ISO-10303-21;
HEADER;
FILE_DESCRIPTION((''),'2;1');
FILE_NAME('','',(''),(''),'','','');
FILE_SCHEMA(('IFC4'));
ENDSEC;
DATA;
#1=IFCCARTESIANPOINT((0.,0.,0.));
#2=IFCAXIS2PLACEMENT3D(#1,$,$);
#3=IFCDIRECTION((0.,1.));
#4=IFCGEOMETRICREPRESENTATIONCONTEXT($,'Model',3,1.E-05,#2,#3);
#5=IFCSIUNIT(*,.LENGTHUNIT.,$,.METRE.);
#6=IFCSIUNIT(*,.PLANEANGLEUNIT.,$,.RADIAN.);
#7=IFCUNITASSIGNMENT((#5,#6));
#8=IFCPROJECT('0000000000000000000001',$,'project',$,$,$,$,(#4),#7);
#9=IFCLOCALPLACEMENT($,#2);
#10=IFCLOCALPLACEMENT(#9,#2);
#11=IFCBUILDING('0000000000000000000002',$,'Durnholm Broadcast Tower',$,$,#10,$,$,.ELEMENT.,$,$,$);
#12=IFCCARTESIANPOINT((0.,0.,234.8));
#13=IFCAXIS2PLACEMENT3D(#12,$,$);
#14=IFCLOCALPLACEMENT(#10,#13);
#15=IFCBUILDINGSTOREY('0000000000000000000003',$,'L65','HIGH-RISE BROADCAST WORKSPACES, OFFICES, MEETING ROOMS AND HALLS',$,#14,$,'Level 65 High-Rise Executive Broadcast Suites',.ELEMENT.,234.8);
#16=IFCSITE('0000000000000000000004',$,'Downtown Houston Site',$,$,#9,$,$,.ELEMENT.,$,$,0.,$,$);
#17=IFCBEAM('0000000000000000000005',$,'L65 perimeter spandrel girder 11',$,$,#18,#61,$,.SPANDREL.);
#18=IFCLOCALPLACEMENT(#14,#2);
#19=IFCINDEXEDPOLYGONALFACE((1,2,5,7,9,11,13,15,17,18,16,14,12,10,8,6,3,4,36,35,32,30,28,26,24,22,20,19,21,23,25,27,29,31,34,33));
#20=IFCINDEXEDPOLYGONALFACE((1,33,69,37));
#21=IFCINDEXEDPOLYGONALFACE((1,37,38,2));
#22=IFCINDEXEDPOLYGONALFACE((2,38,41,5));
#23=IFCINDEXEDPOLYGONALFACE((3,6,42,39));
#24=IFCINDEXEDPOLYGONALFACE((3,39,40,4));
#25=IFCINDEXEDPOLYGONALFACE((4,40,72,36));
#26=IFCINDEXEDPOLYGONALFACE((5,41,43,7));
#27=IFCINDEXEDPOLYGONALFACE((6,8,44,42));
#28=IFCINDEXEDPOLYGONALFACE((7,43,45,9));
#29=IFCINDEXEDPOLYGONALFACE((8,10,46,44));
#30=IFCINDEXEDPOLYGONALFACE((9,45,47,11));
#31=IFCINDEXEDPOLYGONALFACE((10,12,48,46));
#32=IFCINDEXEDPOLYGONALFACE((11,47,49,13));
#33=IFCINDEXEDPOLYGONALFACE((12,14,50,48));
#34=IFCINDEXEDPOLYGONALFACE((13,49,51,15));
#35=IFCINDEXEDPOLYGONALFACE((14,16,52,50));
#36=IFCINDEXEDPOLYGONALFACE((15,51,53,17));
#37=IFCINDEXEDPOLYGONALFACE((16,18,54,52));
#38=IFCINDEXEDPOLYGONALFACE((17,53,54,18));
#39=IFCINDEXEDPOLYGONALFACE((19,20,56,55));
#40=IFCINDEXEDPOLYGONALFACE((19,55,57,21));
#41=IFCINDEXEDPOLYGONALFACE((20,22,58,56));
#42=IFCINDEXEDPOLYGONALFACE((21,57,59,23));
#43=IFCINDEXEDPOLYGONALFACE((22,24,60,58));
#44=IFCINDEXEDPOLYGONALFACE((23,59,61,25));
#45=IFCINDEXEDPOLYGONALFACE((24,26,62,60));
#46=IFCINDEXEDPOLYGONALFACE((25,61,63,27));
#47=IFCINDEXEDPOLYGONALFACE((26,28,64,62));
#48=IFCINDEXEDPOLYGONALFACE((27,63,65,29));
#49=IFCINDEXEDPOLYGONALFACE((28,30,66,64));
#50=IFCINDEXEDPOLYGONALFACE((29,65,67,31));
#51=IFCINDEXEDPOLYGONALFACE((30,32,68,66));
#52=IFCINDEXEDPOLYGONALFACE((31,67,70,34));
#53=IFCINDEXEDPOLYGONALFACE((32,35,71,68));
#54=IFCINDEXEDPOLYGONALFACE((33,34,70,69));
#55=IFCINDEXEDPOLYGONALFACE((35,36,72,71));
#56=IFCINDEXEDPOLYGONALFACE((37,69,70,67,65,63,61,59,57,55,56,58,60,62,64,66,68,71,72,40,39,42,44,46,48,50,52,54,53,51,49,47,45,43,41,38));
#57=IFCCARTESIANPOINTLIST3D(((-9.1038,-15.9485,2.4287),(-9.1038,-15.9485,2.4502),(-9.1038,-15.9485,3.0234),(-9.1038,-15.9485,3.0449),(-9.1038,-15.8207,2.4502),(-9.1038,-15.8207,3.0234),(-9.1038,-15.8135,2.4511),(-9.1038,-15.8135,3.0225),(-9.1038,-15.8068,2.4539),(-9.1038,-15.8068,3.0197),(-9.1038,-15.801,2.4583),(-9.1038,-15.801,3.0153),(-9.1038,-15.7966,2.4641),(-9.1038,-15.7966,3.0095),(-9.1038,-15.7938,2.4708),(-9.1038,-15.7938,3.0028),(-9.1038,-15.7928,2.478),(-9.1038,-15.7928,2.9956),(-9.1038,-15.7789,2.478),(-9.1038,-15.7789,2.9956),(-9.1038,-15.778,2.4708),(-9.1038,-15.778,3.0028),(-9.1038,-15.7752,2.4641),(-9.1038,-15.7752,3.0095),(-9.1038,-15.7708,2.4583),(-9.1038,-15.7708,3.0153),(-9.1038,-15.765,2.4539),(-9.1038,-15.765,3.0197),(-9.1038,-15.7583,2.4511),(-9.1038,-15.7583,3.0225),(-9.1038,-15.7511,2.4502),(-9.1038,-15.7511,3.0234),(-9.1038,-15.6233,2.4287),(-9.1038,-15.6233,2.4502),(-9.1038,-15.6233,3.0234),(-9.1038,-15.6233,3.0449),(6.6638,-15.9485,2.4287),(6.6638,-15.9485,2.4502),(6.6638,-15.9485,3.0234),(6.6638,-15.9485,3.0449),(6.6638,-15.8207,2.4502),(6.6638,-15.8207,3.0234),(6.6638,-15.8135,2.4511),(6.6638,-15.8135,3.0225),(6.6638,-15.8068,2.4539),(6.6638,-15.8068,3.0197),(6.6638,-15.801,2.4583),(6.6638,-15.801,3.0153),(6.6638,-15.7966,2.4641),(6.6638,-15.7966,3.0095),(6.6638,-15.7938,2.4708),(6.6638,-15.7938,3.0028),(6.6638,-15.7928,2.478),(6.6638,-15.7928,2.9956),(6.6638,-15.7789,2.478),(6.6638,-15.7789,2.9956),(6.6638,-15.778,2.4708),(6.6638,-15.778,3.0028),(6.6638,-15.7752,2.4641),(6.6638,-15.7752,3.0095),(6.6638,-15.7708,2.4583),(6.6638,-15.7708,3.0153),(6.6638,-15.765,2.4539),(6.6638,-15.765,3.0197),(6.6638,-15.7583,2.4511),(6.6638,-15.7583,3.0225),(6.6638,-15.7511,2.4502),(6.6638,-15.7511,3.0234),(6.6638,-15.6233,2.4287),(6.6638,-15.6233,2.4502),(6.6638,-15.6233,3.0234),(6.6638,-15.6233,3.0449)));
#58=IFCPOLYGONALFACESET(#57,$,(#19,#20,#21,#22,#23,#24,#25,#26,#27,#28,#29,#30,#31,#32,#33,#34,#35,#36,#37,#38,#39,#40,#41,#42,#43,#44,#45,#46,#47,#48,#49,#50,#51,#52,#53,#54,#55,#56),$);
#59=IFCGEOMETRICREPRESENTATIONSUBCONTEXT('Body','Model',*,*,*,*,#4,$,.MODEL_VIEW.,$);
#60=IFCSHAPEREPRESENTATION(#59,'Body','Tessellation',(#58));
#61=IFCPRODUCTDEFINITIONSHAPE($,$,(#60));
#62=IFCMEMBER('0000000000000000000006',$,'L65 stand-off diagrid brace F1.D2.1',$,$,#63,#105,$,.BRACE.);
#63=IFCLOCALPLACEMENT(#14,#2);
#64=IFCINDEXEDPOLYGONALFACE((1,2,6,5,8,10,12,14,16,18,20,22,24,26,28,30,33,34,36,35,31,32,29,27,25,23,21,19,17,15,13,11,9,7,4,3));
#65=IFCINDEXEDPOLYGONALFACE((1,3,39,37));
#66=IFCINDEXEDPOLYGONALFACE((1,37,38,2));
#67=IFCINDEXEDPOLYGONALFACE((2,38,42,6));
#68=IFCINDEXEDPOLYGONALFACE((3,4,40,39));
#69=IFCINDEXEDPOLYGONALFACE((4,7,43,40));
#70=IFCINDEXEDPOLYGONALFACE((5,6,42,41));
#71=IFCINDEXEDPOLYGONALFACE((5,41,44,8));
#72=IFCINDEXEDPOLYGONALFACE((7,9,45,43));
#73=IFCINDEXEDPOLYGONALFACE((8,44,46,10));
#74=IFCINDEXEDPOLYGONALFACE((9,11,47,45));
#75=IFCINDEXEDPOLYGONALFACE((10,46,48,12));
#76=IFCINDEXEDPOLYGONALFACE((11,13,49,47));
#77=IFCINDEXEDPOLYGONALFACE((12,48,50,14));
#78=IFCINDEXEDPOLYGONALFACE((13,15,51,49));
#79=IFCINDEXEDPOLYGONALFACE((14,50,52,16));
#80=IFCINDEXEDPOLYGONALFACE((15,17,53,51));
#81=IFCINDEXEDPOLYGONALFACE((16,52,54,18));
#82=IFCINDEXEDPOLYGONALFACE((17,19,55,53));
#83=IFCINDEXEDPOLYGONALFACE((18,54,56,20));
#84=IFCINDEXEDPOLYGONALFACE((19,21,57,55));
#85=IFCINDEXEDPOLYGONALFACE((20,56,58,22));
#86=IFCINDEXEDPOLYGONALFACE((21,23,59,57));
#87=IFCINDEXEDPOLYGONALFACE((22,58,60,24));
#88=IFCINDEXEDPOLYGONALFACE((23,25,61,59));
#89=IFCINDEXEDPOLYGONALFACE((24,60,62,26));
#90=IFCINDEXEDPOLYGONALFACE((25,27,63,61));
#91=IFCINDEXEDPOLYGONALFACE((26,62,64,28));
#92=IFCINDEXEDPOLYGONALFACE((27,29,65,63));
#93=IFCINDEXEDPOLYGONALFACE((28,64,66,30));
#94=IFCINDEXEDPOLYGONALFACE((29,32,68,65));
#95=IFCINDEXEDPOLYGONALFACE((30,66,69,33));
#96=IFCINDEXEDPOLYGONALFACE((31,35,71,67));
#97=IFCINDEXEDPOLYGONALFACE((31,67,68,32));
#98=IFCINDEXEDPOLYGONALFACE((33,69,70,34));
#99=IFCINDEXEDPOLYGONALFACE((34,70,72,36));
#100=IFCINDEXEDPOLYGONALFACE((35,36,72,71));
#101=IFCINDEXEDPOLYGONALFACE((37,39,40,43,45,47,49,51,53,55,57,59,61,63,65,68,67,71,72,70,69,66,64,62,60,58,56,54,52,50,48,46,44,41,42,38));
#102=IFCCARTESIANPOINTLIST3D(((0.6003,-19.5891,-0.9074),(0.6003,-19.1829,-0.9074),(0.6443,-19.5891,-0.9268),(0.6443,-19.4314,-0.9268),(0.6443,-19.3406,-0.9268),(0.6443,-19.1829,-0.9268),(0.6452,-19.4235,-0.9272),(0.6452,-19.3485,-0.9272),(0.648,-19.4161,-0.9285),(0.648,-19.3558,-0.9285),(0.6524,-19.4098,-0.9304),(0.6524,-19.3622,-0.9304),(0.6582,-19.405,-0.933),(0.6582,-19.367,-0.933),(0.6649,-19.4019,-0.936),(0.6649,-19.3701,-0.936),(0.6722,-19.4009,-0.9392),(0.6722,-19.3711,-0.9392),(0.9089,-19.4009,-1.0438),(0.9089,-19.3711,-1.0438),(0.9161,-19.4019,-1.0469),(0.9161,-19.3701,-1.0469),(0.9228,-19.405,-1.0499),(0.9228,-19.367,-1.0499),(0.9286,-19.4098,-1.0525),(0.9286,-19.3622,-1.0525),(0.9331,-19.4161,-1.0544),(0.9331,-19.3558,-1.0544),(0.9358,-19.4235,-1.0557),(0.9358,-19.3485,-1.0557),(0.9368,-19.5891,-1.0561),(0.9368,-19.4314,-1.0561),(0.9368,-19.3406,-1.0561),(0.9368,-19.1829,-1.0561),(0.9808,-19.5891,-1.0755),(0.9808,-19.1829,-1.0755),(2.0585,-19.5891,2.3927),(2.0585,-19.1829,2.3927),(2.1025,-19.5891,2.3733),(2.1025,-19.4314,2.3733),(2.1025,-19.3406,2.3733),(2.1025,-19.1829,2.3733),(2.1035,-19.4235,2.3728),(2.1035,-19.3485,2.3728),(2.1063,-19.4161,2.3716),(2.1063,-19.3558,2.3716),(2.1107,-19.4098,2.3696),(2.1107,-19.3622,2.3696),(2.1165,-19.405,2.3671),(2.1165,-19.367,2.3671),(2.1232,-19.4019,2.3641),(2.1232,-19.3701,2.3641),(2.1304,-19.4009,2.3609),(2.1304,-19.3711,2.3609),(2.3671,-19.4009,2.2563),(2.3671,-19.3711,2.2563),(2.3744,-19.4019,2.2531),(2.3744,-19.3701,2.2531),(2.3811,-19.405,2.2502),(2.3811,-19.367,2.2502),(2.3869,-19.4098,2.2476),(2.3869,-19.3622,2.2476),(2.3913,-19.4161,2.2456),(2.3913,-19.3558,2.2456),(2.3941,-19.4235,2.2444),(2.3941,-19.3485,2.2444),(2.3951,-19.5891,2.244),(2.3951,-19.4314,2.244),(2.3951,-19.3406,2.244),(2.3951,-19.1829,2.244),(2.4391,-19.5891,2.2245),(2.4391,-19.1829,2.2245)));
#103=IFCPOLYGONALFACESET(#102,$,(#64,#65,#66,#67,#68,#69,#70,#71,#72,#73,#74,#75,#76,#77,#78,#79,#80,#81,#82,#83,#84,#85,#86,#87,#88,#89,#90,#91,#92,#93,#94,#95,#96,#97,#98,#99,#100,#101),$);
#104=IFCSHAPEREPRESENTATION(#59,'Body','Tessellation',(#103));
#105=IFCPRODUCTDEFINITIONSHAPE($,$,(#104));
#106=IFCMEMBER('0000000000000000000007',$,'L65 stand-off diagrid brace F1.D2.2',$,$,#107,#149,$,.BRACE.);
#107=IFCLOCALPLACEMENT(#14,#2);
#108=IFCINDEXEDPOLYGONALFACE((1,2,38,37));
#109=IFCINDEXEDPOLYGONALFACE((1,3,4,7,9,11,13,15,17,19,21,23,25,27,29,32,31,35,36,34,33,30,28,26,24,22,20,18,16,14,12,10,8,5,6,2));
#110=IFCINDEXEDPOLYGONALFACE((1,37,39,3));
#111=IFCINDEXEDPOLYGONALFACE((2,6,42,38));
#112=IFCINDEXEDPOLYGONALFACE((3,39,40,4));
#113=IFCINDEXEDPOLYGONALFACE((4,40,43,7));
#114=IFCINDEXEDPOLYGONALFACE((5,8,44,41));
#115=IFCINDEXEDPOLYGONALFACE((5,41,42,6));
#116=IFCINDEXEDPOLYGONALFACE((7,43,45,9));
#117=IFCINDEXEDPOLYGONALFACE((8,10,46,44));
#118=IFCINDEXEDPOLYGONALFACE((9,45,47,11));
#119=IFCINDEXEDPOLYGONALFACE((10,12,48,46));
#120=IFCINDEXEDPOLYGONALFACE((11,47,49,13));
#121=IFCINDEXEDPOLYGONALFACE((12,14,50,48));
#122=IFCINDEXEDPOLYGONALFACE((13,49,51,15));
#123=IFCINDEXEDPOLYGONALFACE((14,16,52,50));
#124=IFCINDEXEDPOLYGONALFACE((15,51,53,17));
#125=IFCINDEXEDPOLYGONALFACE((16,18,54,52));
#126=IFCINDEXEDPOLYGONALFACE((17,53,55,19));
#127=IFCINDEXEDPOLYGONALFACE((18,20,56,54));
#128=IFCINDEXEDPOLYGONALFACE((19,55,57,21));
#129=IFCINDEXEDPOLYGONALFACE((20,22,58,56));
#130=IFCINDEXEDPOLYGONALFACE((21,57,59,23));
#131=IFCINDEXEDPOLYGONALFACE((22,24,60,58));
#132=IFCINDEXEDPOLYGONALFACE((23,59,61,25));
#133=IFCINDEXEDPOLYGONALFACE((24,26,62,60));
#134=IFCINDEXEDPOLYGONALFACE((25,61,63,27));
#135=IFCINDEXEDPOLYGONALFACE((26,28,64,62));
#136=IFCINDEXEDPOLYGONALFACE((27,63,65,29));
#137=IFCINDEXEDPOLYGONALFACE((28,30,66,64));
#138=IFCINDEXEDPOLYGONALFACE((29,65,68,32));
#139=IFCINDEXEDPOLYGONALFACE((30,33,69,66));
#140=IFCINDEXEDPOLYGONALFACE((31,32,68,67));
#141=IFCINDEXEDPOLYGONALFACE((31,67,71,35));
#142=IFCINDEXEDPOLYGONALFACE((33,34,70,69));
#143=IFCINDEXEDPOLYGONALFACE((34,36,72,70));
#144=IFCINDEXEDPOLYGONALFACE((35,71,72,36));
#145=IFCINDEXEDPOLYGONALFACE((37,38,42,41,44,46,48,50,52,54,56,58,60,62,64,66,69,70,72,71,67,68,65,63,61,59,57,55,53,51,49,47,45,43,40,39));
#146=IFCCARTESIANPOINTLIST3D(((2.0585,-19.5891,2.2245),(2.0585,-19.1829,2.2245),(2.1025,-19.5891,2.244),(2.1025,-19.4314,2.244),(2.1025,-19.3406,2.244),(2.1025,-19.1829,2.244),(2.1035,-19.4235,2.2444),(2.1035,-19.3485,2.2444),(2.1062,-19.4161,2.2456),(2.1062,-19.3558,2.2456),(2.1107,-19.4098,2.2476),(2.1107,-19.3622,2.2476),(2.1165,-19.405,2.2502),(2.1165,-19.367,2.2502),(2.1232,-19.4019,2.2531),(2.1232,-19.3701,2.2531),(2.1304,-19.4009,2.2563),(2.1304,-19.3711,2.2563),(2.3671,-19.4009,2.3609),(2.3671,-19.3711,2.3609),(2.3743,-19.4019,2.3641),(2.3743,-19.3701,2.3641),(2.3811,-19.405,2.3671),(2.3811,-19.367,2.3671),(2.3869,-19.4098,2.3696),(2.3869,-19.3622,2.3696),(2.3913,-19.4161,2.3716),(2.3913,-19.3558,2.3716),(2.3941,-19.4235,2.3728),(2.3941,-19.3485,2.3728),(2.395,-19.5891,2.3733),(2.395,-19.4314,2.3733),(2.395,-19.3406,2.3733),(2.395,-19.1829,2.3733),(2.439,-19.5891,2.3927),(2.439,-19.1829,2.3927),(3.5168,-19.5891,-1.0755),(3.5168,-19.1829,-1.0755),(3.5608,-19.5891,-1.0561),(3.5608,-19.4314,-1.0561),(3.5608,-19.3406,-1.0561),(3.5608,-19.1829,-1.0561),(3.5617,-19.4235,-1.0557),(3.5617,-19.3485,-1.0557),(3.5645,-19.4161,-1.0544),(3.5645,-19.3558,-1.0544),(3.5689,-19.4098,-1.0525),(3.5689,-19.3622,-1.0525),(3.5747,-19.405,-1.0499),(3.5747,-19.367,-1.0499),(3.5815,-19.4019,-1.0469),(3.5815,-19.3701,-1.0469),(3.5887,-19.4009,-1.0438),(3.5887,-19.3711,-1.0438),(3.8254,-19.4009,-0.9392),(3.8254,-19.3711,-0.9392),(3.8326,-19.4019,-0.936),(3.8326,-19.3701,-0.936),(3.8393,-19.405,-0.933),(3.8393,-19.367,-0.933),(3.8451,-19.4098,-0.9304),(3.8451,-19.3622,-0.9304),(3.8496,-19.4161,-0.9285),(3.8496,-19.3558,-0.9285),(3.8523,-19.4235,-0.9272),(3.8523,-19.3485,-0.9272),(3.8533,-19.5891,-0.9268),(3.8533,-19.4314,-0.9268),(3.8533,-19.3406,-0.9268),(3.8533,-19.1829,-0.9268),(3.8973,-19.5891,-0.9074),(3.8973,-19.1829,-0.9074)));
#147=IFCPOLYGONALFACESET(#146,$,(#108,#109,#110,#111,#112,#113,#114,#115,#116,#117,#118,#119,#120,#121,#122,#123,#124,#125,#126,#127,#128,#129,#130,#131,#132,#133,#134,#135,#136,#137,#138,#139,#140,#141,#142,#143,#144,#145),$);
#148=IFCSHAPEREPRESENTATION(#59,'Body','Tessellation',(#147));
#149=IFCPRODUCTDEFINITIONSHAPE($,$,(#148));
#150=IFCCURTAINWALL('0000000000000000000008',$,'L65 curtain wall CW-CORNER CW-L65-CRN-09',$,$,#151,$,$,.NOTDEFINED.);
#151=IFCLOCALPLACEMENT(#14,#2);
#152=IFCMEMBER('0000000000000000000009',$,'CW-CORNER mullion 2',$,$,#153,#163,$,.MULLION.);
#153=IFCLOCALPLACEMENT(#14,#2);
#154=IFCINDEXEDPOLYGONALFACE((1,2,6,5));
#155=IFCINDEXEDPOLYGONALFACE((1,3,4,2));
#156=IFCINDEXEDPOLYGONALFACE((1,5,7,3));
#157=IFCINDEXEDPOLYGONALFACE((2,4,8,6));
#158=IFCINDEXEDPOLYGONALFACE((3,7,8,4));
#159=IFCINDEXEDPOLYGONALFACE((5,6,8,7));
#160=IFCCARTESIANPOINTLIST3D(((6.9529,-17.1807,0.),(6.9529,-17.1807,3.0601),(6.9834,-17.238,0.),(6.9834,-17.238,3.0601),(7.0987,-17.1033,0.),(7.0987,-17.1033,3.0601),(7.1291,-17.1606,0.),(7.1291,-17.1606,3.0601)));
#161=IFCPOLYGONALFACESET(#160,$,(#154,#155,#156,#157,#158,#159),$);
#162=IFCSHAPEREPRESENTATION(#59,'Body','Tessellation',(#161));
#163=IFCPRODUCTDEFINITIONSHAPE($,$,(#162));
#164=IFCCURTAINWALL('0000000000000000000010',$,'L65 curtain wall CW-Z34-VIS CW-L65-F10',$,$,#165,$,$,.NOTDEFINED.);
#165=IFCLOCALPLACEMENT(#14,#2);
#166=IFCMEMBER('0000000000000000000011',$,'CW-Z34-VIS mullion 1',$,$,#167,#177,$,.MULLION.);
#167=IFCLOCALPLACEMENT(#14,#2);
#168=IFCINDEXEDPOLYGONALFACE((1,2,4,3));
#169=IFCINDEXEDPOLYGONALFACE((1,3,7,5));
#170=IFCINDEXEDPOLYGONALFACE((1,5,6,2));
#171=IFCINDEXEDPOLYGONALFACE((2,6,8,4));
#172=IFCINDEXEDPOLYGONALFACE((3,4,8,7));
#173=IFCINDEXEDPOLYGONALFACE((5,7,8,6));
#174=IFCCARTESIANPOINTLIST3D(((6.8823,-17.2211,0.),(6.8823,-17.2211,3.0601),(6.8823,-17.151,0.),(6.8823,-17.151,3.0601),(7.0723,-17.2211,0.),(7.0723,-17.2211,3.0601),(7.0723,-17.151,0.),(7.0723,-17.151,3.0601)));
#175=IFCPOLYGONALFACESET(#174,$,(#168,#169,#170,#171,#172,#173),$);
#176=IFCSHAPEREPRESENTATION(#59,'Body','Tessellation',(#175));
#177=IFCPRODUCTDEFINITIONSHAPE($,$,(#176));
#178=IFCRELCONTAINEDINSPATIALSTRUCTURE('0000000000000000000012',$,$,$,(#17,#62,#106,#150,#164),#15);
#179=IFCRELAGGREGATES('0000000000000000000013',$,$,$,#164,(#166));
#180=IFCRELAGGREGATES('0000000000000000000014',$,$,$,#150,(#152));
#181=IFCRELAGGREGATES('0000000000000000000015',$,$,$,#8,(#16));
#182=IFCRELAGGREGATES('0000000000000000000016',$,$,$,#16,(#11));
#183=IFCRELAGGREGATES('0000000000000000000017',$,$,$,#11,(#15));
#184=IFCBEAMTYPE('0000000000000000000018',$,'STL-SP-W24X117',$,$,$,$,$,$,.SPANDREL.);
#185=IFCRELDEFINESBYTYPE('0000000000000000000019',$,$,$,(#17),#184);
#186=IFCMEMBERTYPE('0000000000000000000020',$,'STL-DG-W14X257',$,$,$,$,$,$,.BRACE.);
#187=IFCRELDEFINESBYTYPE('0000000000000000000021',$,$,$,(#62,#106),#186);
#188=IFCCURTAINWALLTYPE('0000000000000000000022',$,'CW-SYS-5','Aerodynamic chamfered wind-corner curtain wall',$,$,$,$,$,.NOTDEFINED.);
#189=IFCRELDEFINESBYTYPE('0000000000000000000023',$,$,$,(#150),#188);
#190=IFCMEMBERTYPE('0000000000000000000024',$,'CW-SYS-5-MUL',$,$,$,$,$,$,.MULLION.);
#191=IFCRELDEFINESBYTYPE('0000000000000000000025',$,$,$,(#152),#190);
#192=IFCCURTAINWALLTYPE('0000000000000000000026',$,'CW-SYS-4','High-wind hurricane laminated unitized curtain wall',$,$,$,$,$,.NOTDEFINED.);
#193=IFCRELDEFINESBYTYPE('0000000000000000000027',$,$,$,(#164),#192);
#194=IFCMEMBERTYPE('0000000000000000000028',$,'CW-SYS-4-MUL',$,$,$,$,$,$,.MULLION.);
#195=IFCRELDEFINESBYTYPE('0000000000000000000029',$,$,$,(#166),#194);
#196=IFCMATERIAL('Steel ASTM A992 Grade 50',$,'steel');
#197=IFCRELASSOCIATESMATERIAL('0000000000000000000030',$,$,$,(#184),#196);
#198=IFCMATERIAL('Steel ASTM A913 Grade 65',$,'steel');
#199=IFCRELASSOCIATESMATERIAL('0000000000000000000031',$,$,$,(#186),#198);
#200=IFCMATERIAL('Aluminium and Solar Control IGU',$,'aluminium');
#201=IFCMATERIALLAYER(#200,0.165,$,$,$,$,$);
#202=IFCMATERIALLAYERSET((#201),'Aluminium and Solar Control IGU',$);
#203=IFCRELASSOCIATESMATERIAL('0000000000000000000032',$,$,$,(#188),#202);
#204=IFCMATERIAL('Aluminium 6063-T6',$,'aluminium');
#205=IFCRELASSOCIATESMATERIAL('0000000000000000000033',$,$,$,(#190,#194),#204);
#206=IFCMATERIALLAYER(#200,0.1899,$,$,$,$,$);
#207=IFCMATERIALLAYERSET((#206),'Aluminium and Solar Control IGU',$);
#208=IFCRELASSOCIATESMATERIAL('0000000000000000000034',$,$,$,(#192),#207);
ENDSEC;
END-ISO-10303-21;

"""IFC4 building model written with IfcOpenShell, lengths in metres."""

from ifc_helpers import new_model, si_unit, direction, frame, origin, origin_2d, place, context, subcontext, project, spatial, rectangle, i_section, extrude, source, transform, mapped, material, layer, layer_set, material_profile, profile_set, type_object, type_shapes, element, aggregate, save


model = new_model("IFC4")

# Units and contexts
model_context = context("Model", 3, precision=1e-05, world=origin(), true_north=direction((0.0, 1.0)))
body_context = subcontext(model_context, "Body", "Model", "MODEL_VIEW")
ifc_project = project(units=[si_unit("LENGTHUNIT", "METRE"), si_unit("PLANEANGLEUNIT", "RADIAN")], contexts=[model_context])

# Site, building, storey
site_placement = place(None, origin())
site = spatial("IfcSite", under=ifc_project, at=site_placement, Name="Downtown Houston Site", CompositionType="ELEMENT", RefElevation=0.0)
building_placement = place(site_placement, origin())
building = spatial("IfcBuilding", under=site, at=building_placement, Name="Durnholm Broadcast Tower", CompositionType="ELEMENT")
storey_placement = place(building_placement, frame((0.0, 0.0, 234.8)))
storey = spatial("IfcBuildingStorey", under=building, at=storey_placement, Name="L65", Description="HIGH-RISE BROADCAST WORKSPACES, OFFICES, MEETING ROOMS AND HALLS", LongName="Level 65 High-Rise Executive Broadcast Suites", CompositionType="ELEMENT", Elevation=234.8)

# Beam
ifc_material_1 = material(Name="Steel ASTM A992 Grade 50", Category="steel")
ifc_material_profile_1 = material_profile(ifc_material_1, i_section(OverallWidth=0.3252, OverallDepth=0.6162, WebThickness=0.0139, FlangeThickness=0.0215, FilletRadius=0.0278, at=origin_2d()), Name="W24X117")
ifc_profile_set_1 = profile_set([ifc_material_profile_1], Name="Steel ASTM A992 Grade 50")
beam_type_1 = type_object("IfcBeamType", Name="STL-SP-W24X117", PredefinedType="SPANDREL", material=ifc_profile_set_1)
shared_shape_1 = source(origin(), body_context, "Body", "SweptSolid", [
    extrude(i_section(OverallWidth=0.3252, OverallDepth=0.6162, WebThickness=0.0139, FlangeThickness=0.0215, FilletRadius=0.0278, at=origin_2d()), origin(), (0.0, 0.0, 1.0), 15.7676),
])
beam_1_placement = place(storey_placement, frame((6.6638, -15.7859, 2.7368), z_axis=(-1.0, 0.0, 0.0), x_axis=(0.0, -1.0, 0.0)))
element("IfcBeam", 1, at=beam_1_placement, inside=storey, type_object=beam_type_1, Name="L65 perimeter spandrel girder 11", PredefinedType="SPANDREL", context=body_context, shape_type="MappedRepresentation", body=[
    mapped(shared_shape_1, transform((0.0, 0.0, 0.0), x_axis=(1.0, 0.0, 0.0), y_axis=(0.0, 1.0, 0.0), z_axis=(0.0, 0.0, 1.0), scale=1.0)),
])

# Members
ifc_material_2 = material(Name="Steel ASTM A913 Grade 65", Category="steel")
ifc_material_profile_2 = material_profile(ifc_material_2, i_section(OverallWidth=0.4062, OverallDepth=0.416, WebThickness=0.0298, FlangeThickness=0.0481, FilletRadius=0.0305, at=origin_2d()), Name="W14X257")
ifc_profile_set_2 = profile_set([ifc_material_profile_2], Name="Steel ASTM A913 Grade 65")
member_type_1 = type_object("IfcMemberType", Name="STL-DG-W14X257", PredefinedType="BRACE", material=ifc_profile_set_2)
shared_shape_2 = source(origin(), body_context, "Body", "SweptSolid", [
    extrude(i_section(OverallWidth=0.4062, OverallDepth=0.416, WebThickness=0.0298, FlangeThickness=0.0481, FilletRadius=0.0305, at=origin_2d()), origin(), (0.0, 0.0, 1.0), 3.6079),
])
type_shapes(member_type_1, [shared_shape_2])
for number, where, z_axis, x_axis, name in (
    (2, (0.7905, -19.386, -0.9915), (0.404185, 0.0, 0.914677), (0.0, 1.0, 0.0), "L65 stand-off diagrid brace F1.D2.1"),
    (3, (3.707, -19.386, -0.9915), (-0.404185, 0.0, 0.914677), (0.0, -1.0, 0.0), "L65 stand-off diagrid brace F1.D2.2"),
):
    element("IfcMember", number, at=place(storey_placement, frame(where, z_axis=z_axis, x_axis=x_axis)), inside=storey, type_object=member_type_1, Name=name, PredefinedType="BRACE", context=body_context, shape_type="MappedRepresentation", body=[
        mapped(shared_shape_2, transform((0.0, 0.0, 0.0), x_axis=(1.0, 0.0, 0.0), y_axis=(0.0, 1.0, 0.0), z_axis=(0.0, 0.0, 1.0), scale=1.0)),
    ])

# Curtain wall, member
ifc_material_3 = material(Name="Aluminium and Solar Control IGU", Category="aluminium")
ifc_layer_1 = layer(ifc_material_3, 0.165)
ifc_layer_set_1 = layer_set([ifc_layer_1], Name="Aluminium and Solar Control IGU")
curtain_wall_type_1 = type_object("IfcCurtainWallType", Name="CW-SYS-5", Description="Aerodynamic chamfered wind-corner curtain wall", PredefinedType="NOTDEFINED", material=ifc_layer_set_1)
curtain_wall_1_placement = place(storey_placement, origin())
curtain_wall_1 = element("IfcCurtainWall", 4, at=curtain_wall_1_placement, inside=storey, type_object=curtain_wall_type_1, Name="L65 curtain wall CW-CORNER CW-L65-CRN-09", PredefinedType="NOTDEFINED")
ifc_material_4 = material(Name="Aluminium 6063-T6", Category="aluminium")
ifc_material_profile_3 = material_profile(ifc_material_4, rectangle(XDim=0.0649, YDim=0.165, at=origin_2d()), Name="CWM65X165")
ifc_profile_set_3 = profile_set([ifc_material_profile_3], Name="Aluminium 6063-T6")
member_type_2 = type_object("IfcMemberType", Name="CW-SYS-5-MUL", PredefinedType="MULLION", material=ifc_profile_set_3)
shared_shape_3 = source(origin(), body_context, "Body", "SweptSolid", [
    extrude(rectangle(XDim=0.0649, YDim=0.165, at=origin_2d()), origin(), (0.0, 0.0, 1.0), 3.0601),
])
type_shapes(member_type_2, [shared_shape_3])
member_1_placement = place(storey_placement, frame((7.041, -17.1707, 0.0), z_axis=(0.0, 0.0, 1.0), x_axis=(0.469007, -0.883195, 0.0)))
member_1 = element("IfcMember", 5, at=member_1_placement, type_object=member_type_2, Name="CW-CORNER mullion 2", PredefinedType="MULLION", context=body_context, shape_type="MappedRepresentation", body=[
    mapped(shared_shape_3, transform((0.0, 0.0, 0.0), x_axis=(1.0, 0.0, 0.0), y_axis=(0.0, 1.0, 0.0), z_axis=(0.0, 0.0, 1.0), scale=1.0)),
])

# Curtain wall, member
ifc_layer_2 = layer(ifc_material_3, 0.1899)
ifc_layer_set_2 = layer_set([ifc_layer_2], Name="Aluminium and Solar Control IGU")
curtain_wall_type_2 = type_object("IfcCurtainWallType", Name="CW-SYS-4", Description="High-wind hurricane laminated unitized curtain wall", PredefinedType="NOTDEFINED", material=ifc_layer_set_2)
curtain_wall_2_placement = place(storey_placement, origin())
curtain_wall_2 = element("IfcCurtainWall", 6, at=curtain_wall_2_placement, inside=storey, type_object=curtain_wall_type_2, Name="L65 curtain wall CW-Z34-VIS CW-L65-F10", PredefinedType="NOTDEFINED")
ifc_material_profile_4 = material_profile(ifc_material_4, rectangle(XDim=0.0701, YDim=0.1899, at=origin_2d()), Name="CWM70X190")
ifc_profile_set_4 = profile_set([ifc_material_profile_4], Name="Aluminium 6063-T6")
member_type_3 = type_object("IfcMemberType", Name="CW-SYS-4-MUL", PredefinedType="MULLION", material=ifc_profile_set_4)
shared_shape_4 = source(origin(), body_context, "Body", "SweptSolid", [
    extrude(rectangle(XDim=0.0701, YDim=0.1899, at=origin_2d()), origin(), (0.0, 0.0, 1.0), 3.0601),
])
type_shapes(member_type_3, [shared_shape_4])
member_2_placement = place(storey_placement, frame((6.9773, -17.186, 0.0), z_axis=(0.0, 0.0, 1.0), x_axis=(0.0, -1.0, 0.0)))
member_2 = element("IfcMember", 7, at=member_2_placement, type_object=member_type_3, Name="CW-Z34-VIS mullion 1", PredefinedType="MULLION", context=body_context, shape_type="MappedRepresentation", body=[
    mapped(shared_shape_4, transform((0.0, 0.0, 0.0), x_axis=(1.0, 0.0, 0.0), y_axis=(0.0, 1.0, 0.0), z_axis=(0.0, 0.0, 1.0), scale=1.0)),
])
aggregate(curtain_wall_2, [member_2])

aggregate(curtain_wall_1, [member_1])

save(model, "model.ifc")
